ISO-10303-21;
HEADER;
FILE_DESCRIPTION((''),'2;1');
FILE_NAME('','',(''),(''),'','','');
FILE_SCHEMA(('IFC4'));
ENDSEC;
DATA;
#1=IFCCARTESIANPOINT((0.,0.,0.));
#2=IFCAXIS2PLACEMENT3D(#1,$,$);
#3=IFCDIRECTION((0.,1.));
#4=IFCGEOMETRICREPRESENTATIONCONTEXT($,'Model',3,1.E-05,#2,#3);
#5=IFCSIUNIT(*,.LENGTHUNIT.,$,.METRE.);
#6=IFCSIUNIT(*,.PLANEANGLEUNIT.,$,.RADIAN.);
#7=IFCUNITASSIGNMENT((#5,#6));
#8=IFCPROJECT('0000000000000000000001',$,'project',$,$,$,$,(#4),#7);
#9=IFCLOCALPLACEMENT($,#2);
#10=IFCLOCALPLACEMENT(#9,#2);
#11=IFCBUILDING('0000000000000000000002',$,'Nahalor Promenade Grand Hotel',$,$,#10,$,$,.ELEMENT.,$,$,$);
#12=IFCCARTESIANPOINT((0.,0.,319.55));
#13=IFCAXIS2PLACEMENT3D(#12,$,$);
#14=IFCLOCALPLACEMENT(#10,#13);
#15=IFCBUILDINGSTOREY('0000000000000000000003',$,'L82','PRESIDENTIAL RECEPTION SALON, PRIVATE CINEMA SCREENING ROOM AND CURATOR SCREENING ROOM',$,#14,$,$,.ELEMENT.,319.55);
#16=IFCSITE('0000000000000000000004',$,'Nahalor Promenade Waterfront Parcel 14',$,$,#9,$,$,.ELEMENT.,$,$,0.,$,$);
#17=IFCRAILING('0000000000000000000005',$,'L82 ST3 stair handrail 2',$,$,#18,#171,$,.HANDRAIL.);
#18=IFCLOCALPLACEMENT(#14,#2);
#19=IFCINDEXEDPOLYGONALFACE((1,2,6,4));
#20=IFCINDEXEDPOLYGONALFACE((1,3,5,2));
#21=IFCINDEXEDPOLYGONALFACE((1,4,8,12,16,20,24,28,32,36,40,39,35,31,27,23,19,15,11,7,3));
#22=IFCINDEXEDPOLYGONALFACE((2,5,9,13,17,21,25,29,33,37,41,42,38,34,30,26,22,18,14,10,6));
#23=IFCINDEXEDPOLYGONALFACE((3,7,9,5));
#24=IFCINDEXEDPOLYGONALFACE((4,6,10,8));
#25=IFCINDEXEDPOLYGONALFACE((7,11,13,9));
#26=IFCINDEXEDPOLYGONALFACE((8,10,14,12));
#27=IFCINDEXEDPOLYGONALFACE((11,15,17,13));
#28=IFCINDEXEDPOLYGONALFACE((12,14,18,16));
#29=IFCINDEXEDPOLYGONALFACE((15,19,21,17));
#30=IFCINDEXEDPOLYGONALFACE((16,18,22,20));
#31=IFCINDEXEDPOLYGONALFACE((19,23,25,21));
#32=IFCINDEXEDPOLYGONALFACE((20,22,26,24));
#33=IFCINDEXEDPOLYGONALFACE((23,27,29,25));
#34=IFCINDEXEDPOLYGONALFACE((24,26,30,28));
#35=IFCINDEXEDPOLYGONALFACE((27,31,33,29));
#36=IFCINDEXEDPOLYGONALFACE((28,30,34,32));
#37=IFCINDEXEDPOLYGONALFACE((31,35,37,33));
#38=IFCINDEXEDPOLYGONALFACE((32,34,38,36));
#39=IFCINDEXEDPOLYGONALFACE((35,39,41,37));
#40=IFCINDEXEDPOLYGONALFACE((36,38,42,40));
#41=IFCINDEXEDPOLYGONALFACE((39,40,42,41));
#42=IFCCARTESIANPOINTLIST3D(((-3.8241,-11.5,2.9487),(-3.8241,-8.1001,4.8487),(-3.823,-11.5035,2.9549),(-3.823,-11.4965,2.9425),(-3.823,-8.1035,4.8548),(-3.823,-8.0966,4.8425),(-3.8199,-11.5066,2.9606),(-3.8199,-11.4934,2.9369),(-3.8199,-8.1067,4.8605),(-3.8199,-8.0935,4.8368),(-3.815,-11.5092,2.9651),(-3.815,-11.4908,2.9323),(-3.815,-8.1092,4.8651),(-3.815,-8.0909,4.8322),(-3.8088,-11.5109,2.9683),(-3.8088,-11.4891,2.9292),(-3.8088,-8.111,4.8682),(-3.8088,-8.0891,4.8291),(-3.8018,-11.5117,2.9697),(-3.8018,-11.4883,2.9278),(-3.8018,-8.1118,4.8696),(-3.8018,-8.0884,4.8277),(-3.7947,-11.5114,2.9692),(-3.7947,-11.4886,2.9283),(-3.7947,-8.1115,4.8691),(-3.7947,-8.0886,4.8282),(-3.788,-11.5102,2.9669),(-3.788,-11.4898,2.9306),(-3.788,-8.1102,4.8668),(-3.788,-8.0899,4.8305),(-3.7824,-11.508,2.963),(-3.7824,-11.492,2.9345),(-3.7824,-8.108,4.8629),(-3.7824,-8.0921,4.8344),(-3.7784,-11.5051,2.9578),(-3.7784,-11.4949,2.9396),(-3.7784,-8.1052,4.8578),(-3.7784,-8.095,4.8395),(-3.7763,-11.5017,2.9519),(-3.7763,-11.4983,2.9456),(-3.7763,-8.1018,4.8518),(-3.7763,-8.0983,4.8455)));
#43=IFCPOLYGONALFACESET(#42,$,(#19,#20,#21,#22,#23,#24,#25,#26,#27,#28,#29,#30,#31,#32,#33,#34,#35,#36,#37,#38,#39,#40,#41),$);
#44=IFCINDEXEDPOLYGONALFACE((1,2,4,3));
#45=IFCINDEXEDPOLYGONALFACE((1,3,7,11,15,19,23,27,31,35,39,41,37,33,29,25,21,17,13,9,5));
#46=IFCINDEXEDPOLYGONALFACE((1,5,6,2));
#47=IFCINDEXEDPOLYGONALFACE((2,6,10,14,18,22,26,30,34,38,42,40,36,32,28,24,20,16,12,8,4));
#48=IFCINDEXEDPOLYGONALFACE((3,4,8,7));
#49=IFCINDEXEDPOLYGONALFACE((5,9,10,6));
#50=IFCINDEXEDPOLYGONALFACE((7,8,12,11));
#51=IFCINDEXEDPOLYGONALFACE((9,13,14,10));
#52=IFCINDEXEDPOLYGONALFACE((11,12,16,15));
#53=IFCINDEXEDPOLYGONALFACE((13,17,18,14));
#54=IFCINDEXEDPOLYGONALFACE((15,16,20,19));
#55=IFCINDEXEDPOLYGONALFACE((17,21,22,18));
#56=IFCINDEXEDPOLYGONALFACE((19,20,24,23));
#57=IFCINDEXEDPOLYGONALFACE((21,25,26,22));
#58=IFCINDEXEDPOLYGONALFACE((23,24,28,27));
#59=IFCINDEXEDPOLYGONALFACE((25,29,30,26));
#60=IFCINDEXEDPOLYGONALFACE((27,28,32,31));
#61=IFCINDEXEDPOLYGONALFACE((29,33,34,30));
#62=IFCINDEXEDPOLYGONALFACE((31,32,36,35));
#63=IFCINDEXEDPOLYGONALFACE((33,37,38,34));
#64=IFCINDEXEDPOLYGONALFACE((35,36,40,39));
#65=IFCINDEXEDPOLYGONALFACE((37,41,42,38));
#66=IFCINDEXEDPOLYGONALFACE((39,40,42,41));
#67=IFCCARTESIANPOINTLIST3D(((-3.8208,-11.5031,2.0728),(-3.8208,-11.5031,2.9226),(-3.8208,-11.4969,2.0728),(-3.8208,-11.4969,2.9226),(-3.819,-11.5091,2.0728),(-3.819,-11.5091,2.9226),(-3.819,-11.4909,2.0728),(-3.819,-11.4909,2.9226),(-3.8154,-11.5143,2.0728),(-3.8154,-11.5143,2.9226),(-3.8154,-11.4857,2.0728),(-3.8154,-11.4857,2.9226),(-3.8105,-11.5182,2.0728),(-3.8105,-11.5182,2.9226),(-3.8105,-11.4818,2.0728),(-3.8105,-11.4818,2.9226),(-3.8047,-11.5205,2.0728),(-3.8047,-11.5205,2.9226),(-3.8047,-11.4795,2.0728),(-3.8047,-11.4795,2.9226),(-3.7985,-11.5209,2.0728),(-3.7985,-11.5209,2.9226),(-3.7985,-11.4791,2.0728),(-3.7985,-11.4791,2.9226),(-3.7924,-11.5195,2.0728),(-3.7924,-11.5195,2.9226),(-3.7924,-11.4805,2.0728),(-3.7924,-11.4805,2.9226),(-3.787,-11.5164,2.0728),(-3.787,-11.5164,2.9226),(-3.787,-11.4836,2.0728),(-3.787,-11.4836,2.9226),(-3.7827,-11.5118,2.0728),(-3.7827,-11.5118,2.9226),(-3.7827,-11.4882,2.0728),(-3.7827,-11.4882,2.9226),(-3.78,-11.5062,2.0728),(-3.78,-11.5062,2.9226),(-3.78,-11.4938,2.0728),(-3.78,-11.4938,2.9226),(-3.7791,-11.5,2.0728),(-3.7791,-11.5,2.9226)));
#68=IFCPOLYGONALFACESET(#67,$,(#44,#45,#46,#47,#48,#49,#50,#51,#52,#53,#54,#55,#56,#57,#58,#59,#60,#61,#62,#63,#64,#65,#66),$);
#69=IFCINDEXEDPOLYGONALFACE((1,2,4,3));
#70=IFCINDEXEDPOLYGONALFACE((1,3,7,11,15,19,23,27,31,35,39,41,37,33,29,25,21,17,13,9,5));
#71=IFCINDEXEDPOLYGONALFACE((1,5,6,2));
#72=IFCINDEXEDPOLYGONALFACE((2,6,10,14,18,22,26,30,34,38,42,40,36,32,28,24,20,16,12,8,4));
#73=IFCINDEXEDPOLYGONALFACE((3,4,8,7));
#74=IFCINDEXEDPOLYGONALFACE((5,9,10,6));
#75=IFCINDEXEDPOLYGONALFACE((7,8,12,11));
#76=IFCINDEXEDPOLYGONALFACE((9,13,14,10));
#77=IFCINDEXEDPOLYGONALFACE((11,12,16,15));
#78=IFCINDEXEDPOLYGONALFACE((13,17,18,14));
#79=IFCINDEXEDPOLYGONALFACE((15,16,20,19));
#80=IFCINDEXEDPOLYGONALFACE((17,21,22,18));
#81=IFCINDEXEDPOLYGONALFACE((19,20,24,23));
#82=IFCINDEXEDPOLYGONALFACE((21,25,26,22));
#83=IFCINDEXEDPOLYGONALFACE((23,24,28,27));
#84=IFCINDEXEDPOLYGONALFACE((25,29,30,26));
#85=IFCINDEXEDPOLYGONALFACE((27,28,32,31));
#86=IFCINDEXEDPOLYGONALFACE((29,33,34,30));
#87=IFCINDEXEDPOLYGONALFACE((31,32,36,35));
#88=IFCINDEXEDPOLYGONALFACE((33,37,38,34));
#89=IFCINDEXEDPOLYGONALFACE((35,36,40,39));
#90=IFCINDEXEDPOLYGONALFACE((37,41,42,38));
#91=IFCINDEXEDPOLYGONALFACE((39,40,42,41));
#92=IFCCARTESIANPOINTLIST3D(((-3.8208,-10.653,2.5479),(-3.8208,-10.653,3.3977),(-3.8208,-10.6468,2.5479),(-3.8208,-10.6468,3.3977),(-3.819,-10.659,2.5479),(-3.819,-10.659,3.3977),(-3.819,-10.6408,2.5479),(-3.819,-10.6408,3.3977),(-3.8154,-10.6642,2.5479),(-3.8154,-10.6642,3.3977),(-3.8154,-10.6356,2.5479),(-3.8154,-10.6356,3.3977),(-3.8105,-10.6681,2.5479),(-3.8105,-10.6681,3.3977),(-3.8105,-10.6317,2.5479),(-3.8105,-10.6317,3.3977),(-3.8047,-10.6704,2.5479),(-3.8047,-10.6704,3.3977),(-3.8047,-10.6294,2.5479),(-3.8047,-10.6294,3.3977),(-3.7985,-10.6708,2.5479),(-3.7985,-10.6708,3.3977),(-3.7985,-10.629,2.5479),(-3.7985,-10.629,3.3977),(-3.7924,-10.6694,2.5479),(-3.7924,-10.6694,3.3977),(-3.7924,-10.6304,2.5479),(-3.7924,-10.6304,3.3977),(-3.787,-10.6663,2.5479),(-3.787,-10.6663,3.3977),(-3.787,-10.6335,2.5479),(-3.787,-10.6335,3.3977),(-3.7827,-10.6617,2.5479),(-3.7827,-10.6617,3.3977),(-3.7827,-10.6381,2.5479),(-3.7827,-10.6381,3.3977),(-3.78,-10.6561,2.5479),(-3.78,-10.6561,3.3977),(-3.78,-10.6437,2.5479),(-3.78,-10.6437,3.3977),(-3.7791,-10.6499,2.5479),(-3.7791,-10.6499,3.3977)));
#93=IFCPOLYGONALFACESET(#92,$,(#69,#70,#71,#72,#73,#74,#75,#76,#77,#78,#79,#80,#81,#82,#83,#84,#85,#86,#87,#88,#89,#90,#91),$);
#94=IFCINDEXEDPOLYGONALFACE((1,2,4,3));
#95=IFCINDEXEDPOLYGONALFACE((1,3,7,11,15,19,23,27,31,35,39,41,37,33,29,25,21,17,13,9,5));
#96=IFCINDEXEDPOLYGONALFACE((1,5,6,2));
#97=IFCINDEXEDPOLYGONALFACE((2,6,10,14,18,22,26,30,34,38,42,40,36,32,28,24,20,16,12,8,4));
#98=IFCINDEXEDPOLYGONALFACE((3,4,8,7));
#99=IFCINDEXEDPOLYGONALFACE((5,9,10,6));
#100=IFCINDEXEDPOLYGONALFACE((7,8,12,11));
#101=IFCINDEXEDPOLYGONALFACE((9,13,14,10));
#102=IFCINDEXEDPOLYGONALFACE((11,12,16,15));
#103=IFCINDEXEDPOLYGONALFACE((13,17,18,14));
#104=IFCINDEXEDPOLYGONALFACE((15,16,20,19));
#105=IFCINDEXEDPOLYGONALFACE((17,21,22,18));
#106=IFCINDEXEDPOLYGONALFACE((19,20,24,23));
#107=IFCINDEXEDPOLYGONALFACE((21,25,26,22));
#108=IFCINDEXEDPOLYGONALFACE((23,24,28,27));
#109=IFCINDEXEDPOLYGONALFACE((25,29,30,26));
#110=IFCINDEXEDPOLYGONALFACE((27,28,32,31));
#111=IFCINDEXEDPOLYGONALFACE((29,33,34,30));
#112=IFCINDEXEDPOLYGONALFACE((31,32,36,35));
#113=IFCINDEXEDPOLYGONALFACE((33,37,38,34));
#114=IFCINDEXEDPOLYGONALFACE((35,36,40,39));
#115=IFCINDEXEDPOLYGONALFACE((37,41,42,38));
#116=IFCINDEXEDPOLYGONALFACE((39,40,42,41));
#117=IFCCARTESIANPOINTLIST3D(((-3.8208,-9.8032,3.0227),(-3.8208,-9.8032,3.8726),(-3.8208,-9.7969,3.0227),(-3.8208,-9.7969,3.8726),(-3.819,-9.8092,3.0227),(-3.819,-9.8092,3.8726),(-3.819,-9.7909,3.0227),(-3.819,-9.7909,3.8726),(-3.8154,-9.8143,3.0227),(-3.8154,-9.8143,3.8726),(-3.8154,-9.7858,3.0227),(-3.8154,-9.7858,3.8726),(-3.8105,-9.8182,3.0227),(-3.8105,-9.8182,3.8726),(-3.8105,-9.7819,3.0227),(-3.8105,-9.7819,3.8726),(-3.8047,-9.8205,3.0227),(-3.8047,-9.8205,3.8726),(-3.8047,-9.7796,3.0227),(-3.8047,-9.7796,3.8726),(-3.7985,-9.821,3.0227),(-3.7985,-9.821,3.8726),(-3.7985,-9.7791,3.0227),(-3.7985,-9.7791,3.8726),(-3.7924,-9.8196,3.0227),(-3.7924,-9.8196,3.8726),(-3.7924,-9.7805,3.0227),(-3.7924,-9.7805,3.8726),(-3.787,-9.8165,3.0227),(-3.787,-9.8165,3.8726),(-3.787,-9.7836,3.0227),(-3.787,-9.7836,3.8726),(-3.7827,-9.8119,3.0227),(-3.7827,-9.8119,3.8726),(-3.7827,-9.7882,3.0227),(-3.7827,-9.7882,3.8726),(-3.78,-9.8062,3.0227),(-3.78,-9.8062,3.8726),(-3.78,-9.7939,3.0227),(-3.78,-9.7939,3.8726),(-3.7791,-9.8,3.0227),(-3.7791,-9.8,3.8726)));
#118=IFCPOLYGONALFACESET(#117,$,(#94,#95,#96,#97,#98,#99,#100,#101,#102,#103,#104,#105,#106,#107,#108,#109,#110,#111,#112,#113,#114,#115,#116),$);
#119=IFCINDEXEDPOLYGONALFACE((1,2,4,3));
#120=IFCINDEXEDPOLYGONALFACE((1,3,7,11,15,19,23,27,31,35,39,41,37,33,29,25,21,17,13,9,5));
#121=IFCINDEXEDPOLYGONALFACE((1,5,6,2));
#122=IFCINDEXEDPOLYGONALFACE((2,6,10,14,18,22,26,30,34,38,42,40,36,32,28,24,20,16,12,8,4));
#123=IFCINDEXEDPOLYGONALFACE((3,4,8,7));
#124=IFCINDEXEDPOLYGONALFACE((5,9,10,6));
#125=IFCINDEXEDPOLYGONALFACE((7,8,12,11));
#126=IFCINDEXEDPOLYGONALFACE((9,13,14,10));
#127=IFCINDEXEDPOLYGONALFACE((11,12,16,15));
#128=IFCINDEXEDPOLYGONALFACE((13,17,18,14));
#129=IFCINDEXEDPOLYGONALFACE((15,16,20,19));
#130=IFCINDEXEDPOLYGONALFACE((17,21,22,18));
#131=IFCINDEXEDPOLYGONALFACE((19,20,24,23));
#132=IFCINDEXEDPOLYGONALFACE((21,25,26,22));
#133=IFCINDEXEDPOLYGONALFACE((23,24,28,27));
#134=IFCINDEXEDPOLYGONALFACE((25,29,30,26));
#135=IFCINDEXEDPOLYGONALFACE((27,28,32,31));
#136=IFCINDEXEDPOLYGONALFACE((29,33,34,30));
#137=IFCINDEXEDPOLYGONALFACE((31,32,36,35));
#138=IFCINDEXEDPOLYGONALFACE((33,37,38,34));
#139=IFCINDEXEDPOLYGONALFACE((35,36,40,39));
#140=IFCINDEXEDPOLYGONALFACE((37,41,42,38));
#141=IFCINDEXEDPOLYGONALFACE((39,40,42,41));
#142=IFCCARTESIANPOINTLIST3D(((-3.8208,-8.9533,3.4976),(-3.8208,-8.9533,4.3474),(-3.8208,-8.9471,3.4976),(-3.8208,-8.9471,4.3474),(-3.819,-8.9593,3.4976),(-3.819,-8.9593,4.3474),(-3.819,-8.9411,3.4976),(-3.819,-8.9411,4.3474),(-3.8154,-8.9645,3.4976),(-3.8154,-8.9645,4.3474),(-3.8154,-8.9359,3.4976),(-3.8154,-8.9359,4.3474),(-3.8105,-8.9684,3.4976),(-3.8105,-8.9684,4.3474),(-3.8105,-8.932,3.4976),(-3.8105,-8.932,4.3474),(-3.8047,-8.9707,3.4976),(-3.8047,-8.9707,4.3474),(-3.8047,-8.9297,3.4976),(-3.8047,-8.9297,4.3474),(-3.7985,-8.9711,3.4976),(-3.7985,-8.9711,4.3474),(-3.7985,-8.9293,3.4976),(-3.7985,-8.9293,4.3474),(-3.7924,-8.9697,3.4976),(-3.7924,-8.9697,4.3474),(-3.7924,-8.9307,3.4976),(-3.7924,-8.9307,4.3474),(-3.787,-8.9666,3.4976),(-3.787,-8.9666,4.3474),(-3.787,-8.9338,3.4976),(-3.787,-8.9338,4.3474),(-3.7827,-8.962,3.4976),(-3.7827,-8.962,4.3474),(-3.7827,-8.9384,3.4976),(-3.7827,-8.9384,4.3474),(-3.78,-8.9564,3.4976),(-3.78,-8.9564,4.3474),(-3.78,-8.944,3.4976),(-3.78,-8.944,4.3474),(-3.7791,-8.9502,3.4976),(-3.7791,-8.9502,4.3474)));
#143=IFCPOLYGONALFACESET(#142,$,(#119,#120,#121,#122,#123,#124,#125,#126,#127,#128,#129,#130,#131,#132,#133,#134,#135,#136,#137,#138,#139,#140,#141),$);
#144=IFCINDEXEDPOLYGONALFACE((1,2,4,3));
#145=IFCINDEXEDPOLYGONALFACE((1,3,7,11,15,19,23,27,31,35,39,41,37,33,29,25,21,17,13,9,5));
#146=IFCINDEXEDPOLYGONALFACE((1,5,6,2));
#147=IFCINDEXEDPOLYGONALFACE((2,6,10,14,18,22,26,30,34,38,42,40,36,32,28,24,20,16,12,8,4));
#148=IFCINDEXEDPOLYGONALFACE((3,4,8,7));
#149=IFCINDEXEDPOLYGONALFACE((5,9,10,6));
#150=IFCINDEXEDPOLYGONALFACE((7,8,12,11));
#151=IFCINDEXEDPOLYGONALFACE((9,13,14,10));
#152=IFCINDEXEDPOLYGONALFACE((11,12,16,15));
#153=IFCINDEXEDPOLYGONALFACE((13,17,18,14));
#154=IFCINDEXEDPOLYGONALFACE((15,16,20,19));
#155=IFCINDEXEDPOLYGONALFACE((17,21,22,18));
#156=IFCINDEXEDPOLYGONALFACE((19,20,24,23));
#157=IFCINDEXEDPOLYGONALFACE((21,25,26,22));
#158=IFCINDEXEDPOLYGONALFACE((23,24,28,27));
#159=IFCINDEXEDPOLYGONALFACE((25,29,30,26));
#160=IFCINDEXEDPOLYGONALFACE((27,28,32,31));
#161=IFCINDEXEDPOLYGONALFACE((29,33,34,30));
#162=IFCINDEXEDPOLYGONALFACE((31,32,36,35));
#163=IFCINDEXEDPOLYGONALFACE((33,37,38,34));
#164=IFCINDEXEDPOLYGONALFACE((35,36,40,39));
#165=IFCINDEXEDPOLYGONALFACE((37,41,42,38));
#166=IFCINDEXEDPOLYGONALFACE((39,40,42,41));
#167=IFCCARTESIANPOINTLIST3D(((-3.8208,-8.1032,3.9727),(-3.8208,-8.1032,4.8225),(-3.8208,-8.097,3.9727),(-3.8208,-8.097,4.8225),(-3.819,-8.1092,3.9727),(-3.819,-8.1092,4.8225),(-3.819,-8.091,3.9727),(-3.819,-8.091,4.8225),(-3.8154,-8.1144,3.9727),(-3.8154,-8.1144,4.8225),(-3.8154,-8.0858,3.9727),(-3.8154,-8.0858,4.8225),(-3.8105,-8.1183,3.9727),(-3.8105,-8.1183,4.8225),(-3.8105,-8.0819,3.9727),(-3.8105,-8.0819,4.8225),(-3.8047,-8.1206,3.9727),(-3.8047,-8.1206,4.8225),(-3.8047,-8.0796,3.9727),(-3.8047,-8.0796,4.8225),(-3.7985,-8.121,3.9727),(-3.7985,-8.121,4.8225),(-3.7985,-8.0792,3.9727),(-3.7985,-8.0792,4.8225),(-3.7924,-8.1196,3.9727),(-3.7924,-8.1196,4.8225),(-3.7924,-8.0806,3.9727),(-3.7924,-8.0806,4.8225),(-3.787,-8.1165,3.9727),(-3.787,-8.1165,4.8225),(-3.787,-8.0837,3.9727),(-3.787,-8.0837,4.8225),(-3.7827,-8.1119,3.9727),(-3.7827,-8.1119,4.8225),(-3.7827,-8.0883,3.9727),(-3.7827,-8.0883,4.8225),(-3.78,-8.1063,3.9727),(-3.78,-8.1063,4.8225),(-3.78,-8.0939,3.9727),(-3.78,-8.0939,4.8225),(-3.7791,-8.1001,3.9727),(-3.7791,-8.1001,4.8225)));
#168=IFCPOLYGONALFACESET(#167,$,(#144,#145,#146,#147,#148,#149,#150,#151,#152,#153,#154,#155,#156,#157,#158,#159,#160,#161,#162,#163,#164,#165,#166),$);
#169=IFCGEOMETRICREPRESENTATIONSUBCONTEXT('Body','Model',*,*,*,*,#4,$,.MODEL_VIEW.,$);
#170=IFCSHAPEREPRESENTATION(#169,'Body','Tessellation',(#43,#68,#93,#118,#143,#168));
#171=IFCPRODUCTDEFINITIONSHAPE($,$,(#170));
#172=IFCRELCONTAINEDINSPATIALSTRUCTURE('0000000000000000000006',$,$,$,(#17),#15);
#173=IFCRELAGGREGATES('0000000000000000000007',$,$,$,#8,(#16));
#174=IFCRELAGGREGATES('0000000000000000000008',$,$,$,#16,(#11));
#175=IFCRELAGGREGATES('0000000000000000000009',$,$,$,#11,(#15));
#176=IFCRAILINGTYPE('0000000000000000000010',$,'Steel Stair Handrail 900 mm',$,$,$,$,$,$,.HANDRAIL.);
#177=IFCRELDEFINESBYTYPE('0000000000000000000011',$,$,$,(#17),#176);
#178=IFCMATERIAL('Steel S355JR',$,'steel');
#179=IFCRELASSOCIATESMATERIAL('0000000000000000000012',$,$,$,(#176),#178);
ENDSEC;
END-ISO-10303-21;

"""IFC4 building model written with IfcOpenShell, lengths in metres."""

from ifc_helpers import new_model, si_unit, direction, frame, origin, origin_2d, place, context, subcontext, project, spatial, circle, extrude, material, type_object, element, save


model = new_model("IFC4")

# Units and contexts
model_context = context("Model", 3, precision=1e-05, world=origin(), true_north=direction((0.0, 1.0)))
body_context = subcontext(model_context, "Body", "Model", "MODEL_VIEW")
ifc_project = project(units=[si_unit("LENGTHUNIT", "METRE"), si_unit("PLANEANGLEUNIT", "RADIAN")], contexts=[model_context])

# Site, building, storey
site_placement = place(None, origin())
site = spatial("IfcSite", under=ifc_project, at=site_placement, Name="Nahalor Promenade Waterfront Parcel 14", CompositionType="ELEMENT", RefElevation=0.0)
building_placement = place(site_placement, origin())
building = spatial("IfcBuilding", under=site, at=building_placement, Name="Nahalor Promenade Grand Hotel", CompositionType="ELEMENT")
storey_placement = place(building_placement, frame((0.0, 0.0, 319.55)))
storey = spatial("IfcBuildingStorey", under=building, at=storey_placement, Name="L82", Description="PRESIDENTIAL RECEPTION SALON, PRIVATE CINEMA SCREENING ROOM AND CURATOR SCREENING ROOM", CompositionType="ELEMENT", Elevation=319.55)

# Shared definitions
ifc_material_1 = material(Name="Steel S355JR", Category="steel")

# Railing
railing_type_1 = type_object("IfcRailingType", Name="Steel Stair Handrail 900 mm", PredefinedType="HANDRAIL", material=ifc_material_1)
railing_1_placement = place(storey_placement, frame((-3.8, -11.5, 2.0728)))
element("IfcRailing", 1, at=railing_1_placement, inside=storey, type_object=railing_type_1, Name="L82 ST3 stair handrail 2", PredefinedType="HANDRAIL", context=body_context, shape_type="SweptSolid", body=[
    extrude(circle(Radius=0.024, at=origin_2d()), frame((0.0, 0.0, 0.876), z_axis=(0.0, 0.872948, 0.487813), x_axis=(-1.0, 0.0, 0.0)), (0.0, 0.0, 1.0), 3.8948),
    extrude(circle(Radius=0.021, at=origin_2d()), origin(), (0.0, 0.0, 1.0), 0.8499),
    extrude(circle(Radius=0.021, at=origin_2d()), frame((0.0, 0.8501, 0.4751)), (0.0, 0.0, 1.0), 0.8499),
    extrude(circle(Radius=0.021, at=origin_2d()), frame((0.0, 1.7, 0.95)), (0.0, 0.0, 1.0), 0.8499),
    extrude(circle(Radius=0.021, at=origin_2d()), frame((0.0, 2.5498, 1.4248)), (0.0, 0.0, 1.0), 0.8499),
    extrude(circle(Radius=0.021, at=origin_2d()), frame((0.0, 3.3999, 1.8999)), (0.0, 0.0, 1.0), 0.8499),
])

save(model, "model.ifc")
